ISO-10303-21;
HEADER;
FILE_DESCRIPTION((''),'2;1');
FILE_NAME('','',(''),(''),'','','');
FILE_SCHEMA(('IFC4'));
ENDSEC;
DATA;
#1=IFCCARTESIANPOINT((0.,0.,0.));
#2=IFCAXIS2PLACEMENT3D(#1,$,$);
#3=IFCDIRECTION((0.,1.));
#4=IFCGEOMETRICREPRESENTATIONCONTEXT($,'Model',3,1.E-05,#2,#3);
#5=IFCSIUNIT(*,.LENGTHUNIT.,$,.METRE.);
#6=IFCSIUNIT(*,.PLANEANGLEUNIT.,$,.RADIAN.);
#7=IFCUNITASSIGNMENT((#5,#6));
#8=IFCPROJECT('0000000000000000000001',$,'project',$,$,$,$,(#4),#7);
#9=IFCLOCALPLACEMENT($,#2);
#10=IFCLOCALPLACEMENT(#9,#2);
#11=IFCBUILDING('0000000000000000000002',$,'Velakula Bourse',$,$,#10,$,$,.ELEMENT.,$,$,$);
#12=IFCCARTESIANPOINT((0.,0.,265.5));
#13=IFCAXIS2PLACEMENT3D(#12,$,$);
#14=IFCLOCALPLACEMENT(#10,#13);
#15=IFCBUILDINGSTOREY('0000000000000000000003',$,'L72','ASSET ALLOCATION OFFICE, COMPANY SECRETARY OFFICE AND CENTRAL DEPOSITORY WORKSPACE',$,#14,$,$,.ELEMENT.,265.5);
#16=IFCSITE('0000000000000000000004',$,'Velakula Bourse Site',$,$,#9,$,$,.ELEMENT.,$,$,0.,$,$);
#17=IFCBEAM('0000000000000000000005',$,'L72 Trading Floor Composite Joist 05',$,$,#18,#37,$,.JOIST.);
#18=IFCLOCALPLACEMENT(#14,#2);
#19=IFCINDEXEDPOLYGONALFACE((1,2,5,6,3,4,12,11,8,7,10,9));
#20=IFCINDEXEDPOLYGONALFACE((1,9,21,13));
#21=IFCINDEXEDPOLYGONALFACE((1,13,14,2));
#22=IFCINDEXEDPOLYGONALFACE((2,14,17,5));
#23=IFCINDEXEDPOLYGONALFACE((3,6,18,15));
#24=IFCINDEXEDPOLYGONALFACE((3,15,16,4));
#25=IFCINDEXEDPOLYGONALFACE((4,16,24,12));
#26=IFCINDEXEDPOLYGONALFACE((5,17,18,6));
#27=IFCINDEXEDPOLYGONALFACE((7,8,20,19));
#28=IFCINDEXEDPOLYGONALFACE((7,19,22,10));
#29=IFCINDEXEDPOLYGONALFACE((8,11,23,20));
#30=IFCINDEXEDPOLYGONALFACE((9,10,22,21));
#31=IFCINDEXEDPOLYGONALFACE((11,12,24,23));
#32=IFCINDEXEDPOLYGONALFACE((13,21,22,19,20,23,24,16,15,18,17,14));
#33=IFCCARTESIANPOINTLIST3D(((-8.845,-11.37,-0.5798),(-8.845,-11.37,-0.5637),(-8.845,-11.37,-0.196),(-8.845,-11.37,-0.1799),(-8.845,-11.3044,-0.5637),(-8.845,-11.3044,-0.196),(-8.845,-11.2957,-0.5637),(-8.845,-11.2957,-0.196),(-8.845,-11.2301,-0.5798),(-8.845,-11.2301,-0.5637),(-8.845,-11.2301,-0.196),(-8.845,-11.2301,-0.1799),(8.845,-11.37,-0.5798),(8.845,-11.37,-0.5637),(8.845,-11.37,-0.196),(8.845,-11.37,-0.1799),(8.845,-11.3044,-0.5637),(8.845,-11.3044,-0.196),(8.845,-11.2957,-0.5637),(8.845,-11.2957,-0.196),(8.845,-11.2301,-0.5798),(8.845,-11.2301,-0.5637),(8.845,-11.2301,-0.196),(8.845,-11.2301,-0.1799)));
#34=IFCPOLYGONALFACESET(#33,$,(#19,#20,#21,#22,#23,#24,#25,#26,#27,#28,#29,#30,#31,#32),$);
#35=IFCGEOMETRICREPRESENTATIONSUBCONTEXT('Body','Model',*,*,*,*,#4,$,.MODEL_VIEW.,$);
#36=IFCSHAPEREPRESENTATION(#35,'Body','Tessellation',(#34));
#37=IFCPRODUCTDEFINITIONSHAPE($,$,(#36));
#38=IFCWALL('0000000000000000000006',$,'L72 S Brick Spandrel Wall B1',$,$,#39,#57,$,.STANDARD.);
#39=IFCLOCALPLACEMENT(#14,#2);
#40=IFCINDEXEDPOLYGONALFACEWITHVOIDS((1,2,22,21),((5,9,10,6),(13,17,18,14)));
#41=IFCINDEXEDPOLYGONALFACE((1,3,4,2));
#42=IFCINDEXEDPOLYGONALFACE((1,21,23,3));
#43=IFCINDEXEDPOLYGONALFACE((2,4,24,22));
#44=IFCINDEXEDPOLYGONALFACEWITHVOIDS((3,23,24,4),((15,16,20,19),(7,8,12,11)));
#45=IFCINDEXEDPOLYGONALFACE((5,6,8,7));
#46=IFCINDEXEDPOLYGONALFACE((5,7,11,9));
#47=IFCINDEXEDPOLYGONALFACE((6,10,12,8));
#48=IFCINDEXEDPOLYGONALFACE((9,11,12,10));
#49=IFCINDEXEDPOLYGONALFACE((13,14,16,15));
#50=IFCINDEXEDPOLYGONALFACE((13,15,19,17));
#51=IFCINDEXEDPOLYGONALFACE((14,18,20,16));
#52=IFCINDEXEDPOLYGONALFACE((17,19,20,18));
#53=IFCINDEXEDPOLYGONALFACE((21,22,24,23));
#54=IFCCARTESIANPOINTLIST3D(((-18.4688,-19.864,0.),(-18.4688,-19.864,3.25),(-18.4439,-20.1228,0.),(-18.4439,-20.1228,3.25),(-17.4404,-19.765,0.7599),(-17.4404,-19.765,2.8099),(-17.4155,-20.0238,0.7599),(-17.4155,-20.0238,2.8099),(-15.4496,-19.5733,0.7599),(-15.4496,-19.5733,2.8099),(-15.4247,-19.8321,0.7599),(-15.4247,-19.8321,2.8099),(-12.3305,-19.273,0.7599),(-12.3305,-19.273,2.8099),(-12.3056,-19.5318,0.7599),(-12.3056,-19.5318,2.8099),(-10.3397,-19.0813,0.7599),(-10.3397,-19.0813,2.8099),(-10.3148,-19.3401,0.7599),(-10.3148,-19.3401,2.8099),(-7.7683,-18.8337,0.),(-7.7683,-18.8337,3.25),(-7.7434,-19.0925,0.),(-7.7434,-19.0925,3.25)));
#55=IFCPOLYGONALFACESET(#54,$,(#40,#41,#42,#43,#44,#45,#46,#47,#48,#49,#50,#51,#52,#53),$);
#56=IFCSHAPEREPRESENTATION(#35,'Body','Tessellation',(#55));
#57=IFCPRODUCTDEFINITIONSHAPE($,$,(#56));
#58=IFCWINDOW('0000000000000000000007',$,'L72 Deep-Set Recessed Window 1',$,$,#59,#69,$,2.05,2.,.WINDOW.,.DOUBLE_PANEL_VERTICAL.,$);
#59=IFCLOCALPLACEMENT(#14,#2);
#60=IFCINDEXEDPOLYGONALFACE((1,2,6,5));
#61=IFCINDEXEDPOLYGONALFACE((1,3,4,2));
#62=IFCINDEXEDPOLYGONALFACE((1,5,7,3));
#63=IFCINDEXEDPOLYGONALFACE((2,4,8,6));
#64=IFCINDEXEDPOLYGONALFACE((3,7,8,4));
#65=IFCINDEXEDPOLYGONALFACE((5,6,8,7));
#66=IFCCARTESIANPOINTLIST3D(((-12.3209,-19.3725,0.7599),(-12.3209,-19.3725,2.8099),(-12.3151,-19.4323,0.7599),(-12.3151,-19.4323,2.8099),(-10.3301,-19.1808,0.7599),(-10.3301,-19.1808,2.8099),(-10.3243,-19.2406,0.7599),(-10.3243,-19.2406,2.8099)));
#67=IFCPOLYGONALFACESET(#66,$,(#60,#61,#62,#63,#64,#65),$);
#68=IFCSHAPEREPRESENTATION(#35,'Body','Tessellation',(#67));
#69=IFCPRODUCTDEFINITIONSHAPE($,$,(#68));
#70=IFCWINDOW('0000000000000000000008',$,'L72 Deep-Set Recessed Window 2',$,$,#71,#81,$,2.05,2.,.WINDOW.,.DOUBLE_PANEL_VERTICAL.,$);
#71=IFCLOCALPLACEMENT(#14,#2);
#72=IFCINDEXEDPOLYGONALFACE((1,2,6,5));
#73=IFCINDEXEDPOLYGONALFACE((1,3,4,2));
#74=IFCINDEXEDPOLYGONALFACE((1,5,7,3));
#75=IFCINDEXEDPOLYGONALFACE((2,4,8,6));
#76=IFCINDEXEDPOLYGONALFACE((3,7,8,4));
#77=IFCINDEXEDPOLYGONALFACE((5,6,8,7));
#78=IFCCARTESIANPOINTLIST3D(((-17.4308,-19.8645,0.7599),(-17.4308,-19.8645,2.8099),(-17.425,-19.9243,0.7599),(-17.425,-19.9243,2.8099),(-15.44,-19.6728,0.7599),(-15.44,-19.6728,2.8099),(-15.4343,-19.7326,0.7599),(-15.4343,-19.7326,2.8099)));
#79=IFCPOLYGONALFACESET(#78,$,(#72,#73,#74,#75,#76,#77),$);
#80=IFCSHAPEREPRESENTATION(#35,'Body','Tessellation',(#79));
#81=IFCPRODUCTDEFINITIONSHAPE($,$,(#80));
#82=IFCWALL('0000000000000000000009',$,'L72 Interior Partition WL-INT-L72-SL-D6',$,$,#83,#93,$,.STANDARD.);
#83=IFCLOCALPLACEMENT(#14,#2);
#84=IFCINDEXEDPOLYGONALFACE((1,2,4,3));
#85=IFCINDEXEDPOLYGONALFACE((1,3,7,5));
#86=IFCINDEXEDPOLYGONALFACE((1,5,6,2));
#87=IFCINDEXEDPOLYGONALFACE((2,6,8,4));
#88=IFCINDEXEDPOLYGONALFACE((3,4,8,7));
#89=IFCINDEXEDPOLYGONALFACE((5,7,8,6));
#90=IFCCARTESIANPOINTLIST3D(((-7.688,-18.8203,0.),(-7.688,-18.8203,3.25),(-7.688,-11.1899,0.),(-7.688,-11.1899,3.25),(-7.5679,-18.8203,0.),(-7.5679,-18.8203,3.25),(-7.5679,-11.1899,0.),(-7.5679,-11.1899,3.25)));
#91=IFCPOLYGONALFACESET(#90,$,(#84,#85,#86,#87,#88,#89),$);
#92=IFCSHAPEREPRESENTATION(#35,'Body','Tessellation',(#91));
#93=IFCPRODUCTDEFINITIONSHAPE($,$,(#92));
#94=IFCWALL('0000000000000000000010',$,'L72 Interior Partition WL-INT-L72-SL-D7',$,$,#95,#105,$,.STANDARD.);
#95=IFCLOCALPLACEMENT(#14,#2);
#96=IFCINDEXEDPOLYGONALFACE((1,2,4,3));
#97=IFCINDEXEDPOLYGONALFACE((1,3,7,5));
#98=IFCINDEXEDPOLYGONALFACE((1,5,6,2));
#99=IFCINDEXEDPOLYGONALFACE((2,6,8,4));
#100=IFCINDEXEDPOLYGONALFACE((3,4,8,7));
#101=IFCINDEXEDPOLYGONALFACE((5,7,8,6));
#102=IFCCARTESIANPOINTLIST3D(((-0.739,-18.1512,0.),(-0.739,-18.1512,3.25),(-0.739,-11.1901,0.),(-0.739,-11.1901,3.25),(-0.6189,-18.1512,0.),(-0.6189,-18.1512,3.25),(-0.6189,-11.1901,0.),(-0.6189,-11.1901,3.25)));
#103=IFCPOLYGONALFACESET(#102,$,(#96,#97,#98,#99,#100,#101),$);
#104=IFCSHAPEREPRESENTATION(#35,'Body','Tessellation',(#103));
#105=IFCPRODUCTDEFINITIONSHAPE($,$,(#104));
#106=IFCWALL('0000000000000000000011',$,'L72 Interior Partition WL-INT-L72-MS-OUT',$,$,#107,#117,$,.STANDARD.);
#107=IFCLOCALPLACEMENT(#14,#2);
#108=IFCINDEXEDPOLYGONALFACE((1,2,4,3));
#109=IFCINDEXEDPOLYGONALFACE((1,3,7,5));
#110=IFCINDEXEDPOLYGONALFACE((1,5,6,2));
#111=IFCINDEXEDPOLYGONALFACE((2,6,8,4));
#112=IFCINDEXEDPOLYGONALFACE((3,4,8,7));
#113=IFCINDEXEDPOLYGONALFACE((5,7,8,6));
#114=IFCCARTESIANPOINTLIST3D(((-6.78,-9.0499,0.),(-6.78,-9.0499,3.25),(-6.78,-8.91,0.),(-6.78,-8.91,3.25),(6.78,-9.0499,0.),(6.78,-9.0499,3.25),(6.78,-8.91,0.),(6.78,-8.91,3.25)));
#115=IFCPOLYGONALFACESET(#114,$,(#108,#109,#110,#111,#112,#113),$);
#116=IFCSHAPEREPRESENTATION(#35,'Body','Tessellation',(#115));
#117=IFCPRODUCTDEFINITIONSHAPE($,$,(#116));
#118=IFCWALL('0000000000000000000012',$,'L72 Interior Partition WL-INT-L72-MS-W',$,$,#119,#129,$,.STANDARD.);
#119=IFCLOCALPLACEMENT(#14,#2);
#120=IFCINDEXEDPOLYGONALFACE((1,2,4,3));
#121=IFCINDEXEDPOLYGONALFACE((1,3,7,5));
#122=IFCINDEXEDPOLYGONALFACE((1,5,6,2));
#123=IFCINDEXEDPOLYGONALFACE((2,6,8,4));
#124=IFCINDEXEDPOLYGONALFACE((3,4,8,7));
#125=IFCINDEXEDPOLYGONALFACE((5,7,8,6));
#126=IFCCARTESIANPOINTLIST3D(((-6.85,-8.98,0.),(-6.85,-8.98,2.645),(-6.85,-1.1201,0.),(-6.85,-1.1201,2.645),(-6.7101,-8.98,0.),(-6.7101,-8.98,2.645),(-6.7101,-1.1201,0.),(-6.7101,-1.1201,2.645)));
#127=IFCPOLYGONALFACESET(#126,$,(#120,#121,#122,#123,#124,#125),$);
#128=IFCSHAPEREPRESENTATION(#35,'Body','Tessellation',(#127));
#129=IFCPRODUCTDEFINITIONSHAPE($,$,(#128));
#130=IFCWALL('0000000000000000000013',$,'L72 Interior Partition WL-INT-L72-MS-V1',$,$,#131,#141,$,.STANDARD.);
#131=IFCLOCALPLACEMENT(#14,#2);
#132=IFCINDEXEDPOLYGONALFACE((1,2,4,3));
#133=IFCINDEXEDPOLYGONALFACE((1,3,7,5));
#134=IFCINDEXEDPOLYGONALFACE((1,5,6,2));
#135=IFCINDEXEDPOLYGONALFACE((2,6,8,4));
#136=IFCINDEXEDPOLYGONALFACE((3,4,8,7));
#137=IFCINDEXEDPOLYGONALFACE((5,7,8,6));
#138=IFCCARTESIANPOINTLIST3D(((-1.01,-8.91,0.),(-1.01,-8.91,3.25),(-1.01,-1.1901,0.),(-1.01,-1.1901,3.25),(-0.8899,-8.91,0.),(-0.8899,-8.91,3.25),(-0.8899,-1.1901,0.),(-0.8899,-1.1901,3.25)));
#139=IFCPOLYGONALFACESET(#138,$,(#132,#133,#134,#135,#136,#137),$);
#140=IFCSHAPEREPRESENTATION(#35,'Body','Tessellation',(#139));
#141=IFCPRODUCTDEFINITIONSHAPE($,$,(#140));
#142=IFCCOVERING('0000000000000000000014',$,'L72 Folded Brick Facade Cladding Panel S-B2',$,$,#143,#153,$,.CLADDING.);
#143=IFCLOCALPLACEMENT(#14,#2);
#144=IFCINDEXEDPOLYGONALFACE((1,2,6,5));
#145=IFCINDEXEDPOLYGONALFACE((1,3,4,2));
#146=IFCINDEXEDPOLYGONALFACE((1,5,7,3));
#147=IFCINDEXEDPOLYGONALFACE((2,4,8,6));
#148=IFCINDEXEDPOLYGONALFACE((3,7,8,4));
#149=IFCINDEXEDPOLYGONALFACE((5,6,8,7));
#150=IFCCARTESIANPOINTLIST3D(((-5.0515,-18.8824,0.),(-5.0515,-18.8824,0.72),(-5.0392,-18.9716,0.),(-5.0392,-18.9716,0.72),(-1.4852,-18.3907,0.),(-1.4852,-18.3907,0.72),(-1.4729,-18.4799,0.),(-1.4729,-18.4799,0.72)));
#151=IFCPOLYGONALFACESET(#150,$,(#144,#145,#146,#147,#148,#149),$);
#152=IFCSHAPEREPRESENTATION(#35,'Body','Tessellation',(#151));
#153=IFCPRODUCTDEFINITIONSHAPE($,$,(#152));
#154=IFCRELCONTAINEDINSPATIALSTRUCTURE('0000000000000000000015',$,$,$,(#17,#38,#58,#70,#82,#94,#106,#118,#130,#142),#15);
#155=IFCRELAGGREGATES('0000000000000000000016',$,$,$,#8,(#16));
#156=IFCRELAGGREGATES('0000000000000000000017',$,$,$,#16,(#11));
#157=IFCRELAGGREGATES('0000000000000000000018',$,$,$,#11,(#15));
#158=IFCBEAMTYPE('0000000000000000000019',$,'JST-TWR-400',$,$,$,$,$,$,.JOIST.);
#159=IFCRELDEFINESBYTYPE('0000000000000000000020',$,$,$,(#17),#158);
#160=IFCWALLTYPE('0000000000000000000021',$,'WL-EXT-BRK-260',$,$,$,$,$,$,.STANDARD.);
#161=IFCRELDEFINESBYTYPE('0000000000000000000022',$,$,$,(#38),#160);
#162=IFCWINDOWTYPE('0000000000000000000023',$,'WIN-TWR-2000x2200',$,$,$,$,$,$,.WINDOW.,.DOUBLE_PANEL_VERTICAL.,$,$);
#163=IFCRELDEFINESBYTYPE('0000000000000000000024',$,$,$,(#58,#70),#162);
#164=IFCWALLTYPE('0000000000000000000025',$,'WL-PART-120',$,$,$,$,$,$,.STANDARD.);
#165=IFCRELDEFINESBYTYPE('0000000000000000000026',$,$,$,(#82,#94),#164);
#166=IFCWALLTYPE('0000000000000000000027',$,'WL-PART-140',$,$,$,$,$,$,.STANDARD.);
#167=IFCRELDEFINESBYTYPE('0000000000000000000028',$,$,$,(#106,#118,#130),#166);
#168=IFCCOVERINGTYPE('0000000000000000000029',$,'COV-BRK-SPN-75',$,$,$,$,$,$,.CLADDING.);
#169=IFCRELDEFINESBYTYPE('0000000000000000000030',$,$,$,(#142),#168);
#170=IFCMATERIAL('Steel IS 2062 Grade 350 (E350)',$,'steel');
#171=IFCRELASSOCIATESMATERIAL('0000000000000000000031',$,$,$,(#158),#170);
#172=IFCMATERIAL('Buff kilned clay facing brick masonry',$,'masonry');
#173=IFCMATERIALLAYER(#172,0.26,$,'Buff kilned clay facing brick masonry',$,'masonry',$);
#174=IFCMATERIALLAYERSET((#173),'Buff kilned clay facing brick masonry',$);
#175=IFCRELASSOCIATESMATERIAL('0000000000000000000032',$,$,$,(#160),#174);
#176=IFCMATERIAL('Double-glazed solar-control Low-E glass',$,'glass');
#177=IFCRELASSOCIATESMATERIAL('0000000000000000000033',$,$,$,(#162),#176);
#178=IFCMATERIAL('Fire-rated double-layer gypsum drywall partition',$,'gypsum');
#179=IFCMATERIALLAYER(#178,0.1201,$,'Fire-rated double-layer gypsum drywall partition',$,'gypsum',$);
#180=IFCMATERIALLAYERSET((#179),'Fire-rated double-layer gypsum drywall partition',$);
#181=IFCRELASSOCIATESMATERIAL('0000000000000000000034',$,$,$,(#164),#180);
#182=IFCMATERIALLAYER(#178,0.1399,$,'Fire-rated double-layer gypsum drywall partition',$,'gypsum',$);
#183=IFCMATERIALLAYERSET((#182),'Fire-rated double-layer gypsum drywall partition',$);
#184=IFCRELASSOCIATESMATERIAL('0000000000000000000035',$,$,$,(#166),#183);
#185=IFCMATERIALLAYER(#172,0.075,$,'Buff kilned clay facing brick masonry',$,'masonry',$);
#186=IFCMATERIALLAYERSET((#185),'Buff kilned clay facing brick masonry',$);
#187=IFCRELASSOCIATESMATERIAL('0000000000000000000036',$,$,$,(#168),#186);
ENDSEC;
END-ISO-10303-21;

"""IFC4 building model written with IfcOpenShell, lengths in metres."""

from ifc_helpers import new_model, si_unit, direction, frame, frame_2d, origin, origin_2d, place, context, subcontext, project, spatial, rectangle, i_section, extrude, material, layer, layer_set, material_profile, profile_set, type_object, element, fill, save


model = new_model("IFC4")

# Units and contexts
model_context = context("Model", 3, precision=1e-05, world=origin(), true_north=direction((0.0, 1.0)))
body_context = subcontext(model_context, "Body", "Model", "MODEL_VIEW")
ifc_project = project(units=[si_unit("LENGTHUNIT", "METRE"), si_unit("PLANEANGLEUNIT", "RADIAN")], contexts=[model_context])

# Site, building, storey
site_placement = place(None, origin())
site = spatial("IfcSite", under=ifc_project, at=site_placement, Name="Velakula Bourse Site", CompositionType="ELEMENT", RefElevation=0.0)
building_placement = place(site_placement, origin())
building = spatial("IfcBuilding", under=site, at=building_placement, Name="Velakula Bourse", CompositionType="ELEMENT")
storey_placement = place(building_placement, frame((0.0, 0.0, 265.5)))
storey = spatial("IfcBuildingStorey", under=building, at=storey_placement, Name="L72", Description="ASSET ALLOCATION OFFICE, COMPANY SECRETARY OFFICE AND CENTRAL DEPOSITORY WORKSPACE", CompositionType="ELEMENT", Elevation=265.5)

# Shared definitions
ifc_material_1 = material(Name="Steel IS 2062 Grade 350 (E350)", Category="steel")

# Beam
ifc_material_profile_1 = material_profile(ifc_material_1, i_section(OverallWidth=0.1399, OverallDepth=0.3999, WebThickness=0.0088, FlangeThickness=0.0161, at=origin_2d()), Name="Steel IS 2062 Grade 350 (E350)")
ifc_profile_set_1 = profile_set([ifc_material_profile_1], Name="Steel IS 2062 Grade 350 (E350)")
beam_type_1 = type_object("IfcBeamType", Name="JST-TWR-400", PredefinedType="JOIST", material=ifc_profile_set_1)
beam_1_placement = place(storey_placement, frame((-8.845, -11.3, -0.3799), z_axis=(1.0, 0.0, 0.0), x_axis=(0.0, 1.0, 0.0)))
element("IfcBeam", 1, at=beam_1_placement, inside=storey, type_object=beam_type_1, Name="L72 Trading Floor Composite Joist 05", PredefinedType="JOIST", context=body_context, shape_type="SweptSolid", body=[
    extrude(i_section(OverallWidth=0.1399, OverallDepth=0.3999, WebThickness=0.0088, FlangeThickness=0.0161, at=origin_2d()), origin(), (0.0, 0.0, 1.0), 17.6899),
])

# Wall, openings, windows
ifc_material_2 = material(Name="Buff kilned clay facing brick masonry", Category="masonry")
ifc_layer_1 = layer(ifc_material_2, 0.26, Name="Buff kilned clay facing brick masonry", Category="masonry")
ifc_layer_set_1 = layer_set([ifc_layer_1], Name="Buff kilned clay facing brick masonry")
wall_type_1 = type_object("IfcWallType", Name="WL-EXT-BRK-260", PredefinedType="STANDARD", material=ifc_layer_set_1)
wall_1_placement = place(storey_placement, frame((-7.7559, -18.9631, 0.0), z_axis=(0.0, 0.0, 1.0), x_axis=(-0.995397, -0.09584, 0.0)))
wall_1 = element("IfcWall", 2, at=wall_1_placement, inside=storey, type_object=wall_type_1, Name="L72 S Brick Spandrel Wall B1", PredefinedType="STANDARD", context=body_context, shape_type="SweptSolid", body=[
    extrude(rectangle(XDim=10.75, YDim=0.26, at=frame_2d((5.375, 0.0))), origin(), (0.0, 0.0, 1.0), 3.25),
])
opening_1_placement = place(wall_1_placement, frame((2.5833, 0.0, 0.76)))
opening_1 = element("IfcOpeningElement", 3, at=opening_1_placement, cuts=wall_1, PredefinedType="OPENING", context=body_context, shape_type="SweptSolid", body=[
    extrude(rectangle(XDim=2.0, YDim=2.05, at=frame_2d((1.0, 1.0249))), frame((0.0, 0.1399, 0.0), z_axis=(0.0, -1.0, 0.0), x_axis=(1.0, 0.0, 0.0)), (0.0, 0.0, 1.0), 0.28),
])
opening_2_placement = place(wall_1_placement, frame((7.7168, 0.0, 0.76)))
opening_2 = element("IfcOpeningElement", 4, at=opening_2_placement, cuts=wall_1, PredefinedType="OPENING", context=body_context, shape_type="SweptSolid", body=[
    extrude(rectangle(XDim=2.0, YDim=2.05, at=frame_2d((1.0, 1.0249))), frame((0.0, 0.1399, 0.0), z_axis=(0.0, -1.0, 0.0), x_axis=(1.0, 0.0, 0.0)), (0.0, 0.0, 1.0), 0.28),
])
ifc_material_3 = material(Name="Double-glazed solar-control Low-E glass", Category="glass")
window_type = type_object("IfcWindowType", Name="WIN-TWR-2000x2200", PartitioningType="DOUBLE_PANEL_VERTICAL", PredefinedType="WINDOW", material=ifc_material_3)
window_1_placement = place(opening_1_placement, origin())
window_1 = element("IfcWindow", 5, at=window_1_placement, inside=storey, type_object=window_type, Name="L72 Deep-Set Recessed Window 1", OverallHeight=2.05, OverallWidth=2.0, PartitioningType="DOUBLE_PANEL_VERTICAL", PredefinedType="WINDOW", context=body_context, shape_type="SweptSolid", body=[
    extrude(rectangle(XDim=2.0, YDim=2.05, at=frame_2d((1.0, 1.0249))), frame((0.0, 0.03, 0.0), z_axis=(0.0, -1.0, 0.0), x_axis=(1.0, 0.0, 0.0)), (0.0, 0.0, 1.0), 0.0601),
])
fill(opening_1, window_1)
window_2_placement = place(opening_2_placement, origin())
window_2 = element("IfcWindow", 6, at=window_2_placement, inside=storey, type_object=window_type, Name="L72 Deep-Set Recessed Window 2", OverallHeight=2.05, OverallWidth=2.0, PartitioningType="DOUBLE_PANEL_VERTICAL", PredefinedType="WINDOW", context=body_context, shape_type="SweptSolid", body=[
    extrude(rectangle(XDim=2.0, YDim=2.05, at=frame_2d((1.0, 1.0249))), frame((0.0, 0.03, 0.0), z_axis=(0.0, -1.0, 0.0), x_axis=(1.0, 0.0, 0.0)), (0.0, 0.0, 1.0), 0.0601),
])
fill(opening_2, window_2)

# Walls
ifc_material_4 = material(Name="Fire-rated double-layer gypsum drywall partition", Category="gypsum")
ifc_layer_2 = layer(ifc_material_4, 0.1201, Name="Fire-rated double-layer gypsum drywall partition", Category="gypsum")
ifc_layer_set_2 = layer_set([ifc_layer_2], Name="Fire-rated double-layer gypsum drywall partition")
wall_type_2 = type_object("IfcWallType", Name="WL-PART-120", PredefinedType="STANDARD", material=ifc_layer_set_2)
wall_2_placement = place(storey_placement, frame((-7.6279, -18.8203, 0.0), z_axis=(0.0, 0.0, 1.0), x_axis=(0.0, 1.0, 0.0)))
element("IfcWall", 7, at=wall_2_placement, inside=storey, type_object=wall_type_2, Name="L72 Interior Partition WL-INT-L72-SL-D6", PredefinedType="STANDARD", context=body_context, shape_type="SweptSolid", body=[
    extrude(rectangle(XDim=7.6304, YDim=0.1201, at=frame_2d((3.8152, 0.0))), origin(), (0.0, 0.0, 1.0), 3.25),
])
wall_3_placement = place(storey_placement, frame((-0.679, -18.1511, 0.0), z_axis=(0.0, 0.0, 1.0), x_axis=(0.0, 1.0, 0.0)))
element("IfcWall", 8, at=wall_3_placement, inside=storey, type_object=wall_type_2, Name="L72 Interior Partition WL-INT-L72-SL-D7", PredefinedType="STANDARD", context=body_context, shape_type="SweptSolid", body=[
    extrude(rectangle(XDim=6.9612, YDim=0.1201, at=frame_2d((3.4805, 0.0))), origin(), (0.0, 0.0, 1.0), 3.25),
])
ifc_layer_3 = layer(ifc_material_4, 0.1399, Name="Fire-rated double-layer gypsum drywall partition", Category="gypsum")
ifc_layer_set_3 = layer_set([ifc_layer_3], Name="Fire-rated double-layer gypsum drywall partition")
wall_type_3 = type_object("IfcWallType", Name="WL-PART-140", PredefinedType="STANDARD", material=ifc_layer_set_3)
wall_4_placement = place(storey_placement, frame((-6.78, -8.98, 0.0), z_axis=(0.0, 0.0, 1.0), x_axis=(1.0, 0.0, 0.0)))
element("IfcWall", 9, at=wall_4_placement, inside=storey, type_object=wall_type_3, Name="L72 Interior Partition WL-INT-L72-MS-OUT", PredefinedType="STANDARD", context=body_context, shape_type="SweptSolid", body=[
    extrude(rectangle(XDim=13.5601, YDim=0.1399, at=frame_2d((6.78, 0.0))), origin(), (0.0, 0.0, 1.0), 3.25),
])
wall_5_placement = place(storey_placement, frame((-6.78, -8.98, 0.0), z_axis=(0.0, 0.0, 1.0), x_axis=(0.0, 1.0, 0.0)))
element("IfcWall", 10, at=wall_5_placement, inside=storey, type_object=wall_type_3, Name="L72 Interior Partition WL-INT-L72-MS-W", PredefinedType="STANDARD", context=body_context, shape_type="SweptSolid", body=[
    extrude(rectangle(XDim=7.8599, YDim=0.1399, at=frame_2d((3.9299, 0.0))), origin(), (0.0, 0.0, 1.0), 2.645),
])
wall_6_placement = place(storey_placement, frame((-0.95, -8.9099, 0.0), z_axis=(0.0, 0.0, 1.0), x_axis=(0.0, 1.0, 0.0)))
element("IfcWall", 11, at=wall_6_placement, inside=storey, type_object=wall_type_3, Name="L72 Interior Partition WL-INT-L72-MS-V1", PredefinedType="STANDARD", context=body_context, shape_type="SweptSolid", body=[
    extrude(rectangle(XDim=7.72, YDim=0.1201, at=frame_2d((3.8599, 0.0))), origin(), (0.0, 0.0, 1.0), 3.25),
])

# Covering
ifc_layer_4 = layer(ifc_material_2, 0.075, Name="Buff kilned clay facing brick masonry", Category="masonry")
ifc_layer_set_4 = layer_set([ifc_layer_4], Name="Buff kilned clay facing brick masonry")
covering_type = type_object("IfcCoveringType", Name="COV-BRK-SPN-75", PredefinedType="CLADDING", material=ifc_layer_set_4)
covering_placement = place(storey_placement, frame((-3.2622, -18.6812, 0.0), z_axis=(0.0, 0.0, 1.0), x_axis=(0.990629, 0.13658, 0.0)))
element("IfcCovering", 12, at=covering_placement, inside=storey, type_object=covering_type, Name="L72 Folded Brick Facade Cladding Panel S-B2", PredefinedType="CLADDING", context=body_context, shape_type="SweptSolid", body=[
    extrude(rectangle(XDim=3.6001, YDim=0.0901, at=origin_2d()), origin(), (0.0, 0.0, 1.0), 0.72),
])

save(model, "model.ifc")
